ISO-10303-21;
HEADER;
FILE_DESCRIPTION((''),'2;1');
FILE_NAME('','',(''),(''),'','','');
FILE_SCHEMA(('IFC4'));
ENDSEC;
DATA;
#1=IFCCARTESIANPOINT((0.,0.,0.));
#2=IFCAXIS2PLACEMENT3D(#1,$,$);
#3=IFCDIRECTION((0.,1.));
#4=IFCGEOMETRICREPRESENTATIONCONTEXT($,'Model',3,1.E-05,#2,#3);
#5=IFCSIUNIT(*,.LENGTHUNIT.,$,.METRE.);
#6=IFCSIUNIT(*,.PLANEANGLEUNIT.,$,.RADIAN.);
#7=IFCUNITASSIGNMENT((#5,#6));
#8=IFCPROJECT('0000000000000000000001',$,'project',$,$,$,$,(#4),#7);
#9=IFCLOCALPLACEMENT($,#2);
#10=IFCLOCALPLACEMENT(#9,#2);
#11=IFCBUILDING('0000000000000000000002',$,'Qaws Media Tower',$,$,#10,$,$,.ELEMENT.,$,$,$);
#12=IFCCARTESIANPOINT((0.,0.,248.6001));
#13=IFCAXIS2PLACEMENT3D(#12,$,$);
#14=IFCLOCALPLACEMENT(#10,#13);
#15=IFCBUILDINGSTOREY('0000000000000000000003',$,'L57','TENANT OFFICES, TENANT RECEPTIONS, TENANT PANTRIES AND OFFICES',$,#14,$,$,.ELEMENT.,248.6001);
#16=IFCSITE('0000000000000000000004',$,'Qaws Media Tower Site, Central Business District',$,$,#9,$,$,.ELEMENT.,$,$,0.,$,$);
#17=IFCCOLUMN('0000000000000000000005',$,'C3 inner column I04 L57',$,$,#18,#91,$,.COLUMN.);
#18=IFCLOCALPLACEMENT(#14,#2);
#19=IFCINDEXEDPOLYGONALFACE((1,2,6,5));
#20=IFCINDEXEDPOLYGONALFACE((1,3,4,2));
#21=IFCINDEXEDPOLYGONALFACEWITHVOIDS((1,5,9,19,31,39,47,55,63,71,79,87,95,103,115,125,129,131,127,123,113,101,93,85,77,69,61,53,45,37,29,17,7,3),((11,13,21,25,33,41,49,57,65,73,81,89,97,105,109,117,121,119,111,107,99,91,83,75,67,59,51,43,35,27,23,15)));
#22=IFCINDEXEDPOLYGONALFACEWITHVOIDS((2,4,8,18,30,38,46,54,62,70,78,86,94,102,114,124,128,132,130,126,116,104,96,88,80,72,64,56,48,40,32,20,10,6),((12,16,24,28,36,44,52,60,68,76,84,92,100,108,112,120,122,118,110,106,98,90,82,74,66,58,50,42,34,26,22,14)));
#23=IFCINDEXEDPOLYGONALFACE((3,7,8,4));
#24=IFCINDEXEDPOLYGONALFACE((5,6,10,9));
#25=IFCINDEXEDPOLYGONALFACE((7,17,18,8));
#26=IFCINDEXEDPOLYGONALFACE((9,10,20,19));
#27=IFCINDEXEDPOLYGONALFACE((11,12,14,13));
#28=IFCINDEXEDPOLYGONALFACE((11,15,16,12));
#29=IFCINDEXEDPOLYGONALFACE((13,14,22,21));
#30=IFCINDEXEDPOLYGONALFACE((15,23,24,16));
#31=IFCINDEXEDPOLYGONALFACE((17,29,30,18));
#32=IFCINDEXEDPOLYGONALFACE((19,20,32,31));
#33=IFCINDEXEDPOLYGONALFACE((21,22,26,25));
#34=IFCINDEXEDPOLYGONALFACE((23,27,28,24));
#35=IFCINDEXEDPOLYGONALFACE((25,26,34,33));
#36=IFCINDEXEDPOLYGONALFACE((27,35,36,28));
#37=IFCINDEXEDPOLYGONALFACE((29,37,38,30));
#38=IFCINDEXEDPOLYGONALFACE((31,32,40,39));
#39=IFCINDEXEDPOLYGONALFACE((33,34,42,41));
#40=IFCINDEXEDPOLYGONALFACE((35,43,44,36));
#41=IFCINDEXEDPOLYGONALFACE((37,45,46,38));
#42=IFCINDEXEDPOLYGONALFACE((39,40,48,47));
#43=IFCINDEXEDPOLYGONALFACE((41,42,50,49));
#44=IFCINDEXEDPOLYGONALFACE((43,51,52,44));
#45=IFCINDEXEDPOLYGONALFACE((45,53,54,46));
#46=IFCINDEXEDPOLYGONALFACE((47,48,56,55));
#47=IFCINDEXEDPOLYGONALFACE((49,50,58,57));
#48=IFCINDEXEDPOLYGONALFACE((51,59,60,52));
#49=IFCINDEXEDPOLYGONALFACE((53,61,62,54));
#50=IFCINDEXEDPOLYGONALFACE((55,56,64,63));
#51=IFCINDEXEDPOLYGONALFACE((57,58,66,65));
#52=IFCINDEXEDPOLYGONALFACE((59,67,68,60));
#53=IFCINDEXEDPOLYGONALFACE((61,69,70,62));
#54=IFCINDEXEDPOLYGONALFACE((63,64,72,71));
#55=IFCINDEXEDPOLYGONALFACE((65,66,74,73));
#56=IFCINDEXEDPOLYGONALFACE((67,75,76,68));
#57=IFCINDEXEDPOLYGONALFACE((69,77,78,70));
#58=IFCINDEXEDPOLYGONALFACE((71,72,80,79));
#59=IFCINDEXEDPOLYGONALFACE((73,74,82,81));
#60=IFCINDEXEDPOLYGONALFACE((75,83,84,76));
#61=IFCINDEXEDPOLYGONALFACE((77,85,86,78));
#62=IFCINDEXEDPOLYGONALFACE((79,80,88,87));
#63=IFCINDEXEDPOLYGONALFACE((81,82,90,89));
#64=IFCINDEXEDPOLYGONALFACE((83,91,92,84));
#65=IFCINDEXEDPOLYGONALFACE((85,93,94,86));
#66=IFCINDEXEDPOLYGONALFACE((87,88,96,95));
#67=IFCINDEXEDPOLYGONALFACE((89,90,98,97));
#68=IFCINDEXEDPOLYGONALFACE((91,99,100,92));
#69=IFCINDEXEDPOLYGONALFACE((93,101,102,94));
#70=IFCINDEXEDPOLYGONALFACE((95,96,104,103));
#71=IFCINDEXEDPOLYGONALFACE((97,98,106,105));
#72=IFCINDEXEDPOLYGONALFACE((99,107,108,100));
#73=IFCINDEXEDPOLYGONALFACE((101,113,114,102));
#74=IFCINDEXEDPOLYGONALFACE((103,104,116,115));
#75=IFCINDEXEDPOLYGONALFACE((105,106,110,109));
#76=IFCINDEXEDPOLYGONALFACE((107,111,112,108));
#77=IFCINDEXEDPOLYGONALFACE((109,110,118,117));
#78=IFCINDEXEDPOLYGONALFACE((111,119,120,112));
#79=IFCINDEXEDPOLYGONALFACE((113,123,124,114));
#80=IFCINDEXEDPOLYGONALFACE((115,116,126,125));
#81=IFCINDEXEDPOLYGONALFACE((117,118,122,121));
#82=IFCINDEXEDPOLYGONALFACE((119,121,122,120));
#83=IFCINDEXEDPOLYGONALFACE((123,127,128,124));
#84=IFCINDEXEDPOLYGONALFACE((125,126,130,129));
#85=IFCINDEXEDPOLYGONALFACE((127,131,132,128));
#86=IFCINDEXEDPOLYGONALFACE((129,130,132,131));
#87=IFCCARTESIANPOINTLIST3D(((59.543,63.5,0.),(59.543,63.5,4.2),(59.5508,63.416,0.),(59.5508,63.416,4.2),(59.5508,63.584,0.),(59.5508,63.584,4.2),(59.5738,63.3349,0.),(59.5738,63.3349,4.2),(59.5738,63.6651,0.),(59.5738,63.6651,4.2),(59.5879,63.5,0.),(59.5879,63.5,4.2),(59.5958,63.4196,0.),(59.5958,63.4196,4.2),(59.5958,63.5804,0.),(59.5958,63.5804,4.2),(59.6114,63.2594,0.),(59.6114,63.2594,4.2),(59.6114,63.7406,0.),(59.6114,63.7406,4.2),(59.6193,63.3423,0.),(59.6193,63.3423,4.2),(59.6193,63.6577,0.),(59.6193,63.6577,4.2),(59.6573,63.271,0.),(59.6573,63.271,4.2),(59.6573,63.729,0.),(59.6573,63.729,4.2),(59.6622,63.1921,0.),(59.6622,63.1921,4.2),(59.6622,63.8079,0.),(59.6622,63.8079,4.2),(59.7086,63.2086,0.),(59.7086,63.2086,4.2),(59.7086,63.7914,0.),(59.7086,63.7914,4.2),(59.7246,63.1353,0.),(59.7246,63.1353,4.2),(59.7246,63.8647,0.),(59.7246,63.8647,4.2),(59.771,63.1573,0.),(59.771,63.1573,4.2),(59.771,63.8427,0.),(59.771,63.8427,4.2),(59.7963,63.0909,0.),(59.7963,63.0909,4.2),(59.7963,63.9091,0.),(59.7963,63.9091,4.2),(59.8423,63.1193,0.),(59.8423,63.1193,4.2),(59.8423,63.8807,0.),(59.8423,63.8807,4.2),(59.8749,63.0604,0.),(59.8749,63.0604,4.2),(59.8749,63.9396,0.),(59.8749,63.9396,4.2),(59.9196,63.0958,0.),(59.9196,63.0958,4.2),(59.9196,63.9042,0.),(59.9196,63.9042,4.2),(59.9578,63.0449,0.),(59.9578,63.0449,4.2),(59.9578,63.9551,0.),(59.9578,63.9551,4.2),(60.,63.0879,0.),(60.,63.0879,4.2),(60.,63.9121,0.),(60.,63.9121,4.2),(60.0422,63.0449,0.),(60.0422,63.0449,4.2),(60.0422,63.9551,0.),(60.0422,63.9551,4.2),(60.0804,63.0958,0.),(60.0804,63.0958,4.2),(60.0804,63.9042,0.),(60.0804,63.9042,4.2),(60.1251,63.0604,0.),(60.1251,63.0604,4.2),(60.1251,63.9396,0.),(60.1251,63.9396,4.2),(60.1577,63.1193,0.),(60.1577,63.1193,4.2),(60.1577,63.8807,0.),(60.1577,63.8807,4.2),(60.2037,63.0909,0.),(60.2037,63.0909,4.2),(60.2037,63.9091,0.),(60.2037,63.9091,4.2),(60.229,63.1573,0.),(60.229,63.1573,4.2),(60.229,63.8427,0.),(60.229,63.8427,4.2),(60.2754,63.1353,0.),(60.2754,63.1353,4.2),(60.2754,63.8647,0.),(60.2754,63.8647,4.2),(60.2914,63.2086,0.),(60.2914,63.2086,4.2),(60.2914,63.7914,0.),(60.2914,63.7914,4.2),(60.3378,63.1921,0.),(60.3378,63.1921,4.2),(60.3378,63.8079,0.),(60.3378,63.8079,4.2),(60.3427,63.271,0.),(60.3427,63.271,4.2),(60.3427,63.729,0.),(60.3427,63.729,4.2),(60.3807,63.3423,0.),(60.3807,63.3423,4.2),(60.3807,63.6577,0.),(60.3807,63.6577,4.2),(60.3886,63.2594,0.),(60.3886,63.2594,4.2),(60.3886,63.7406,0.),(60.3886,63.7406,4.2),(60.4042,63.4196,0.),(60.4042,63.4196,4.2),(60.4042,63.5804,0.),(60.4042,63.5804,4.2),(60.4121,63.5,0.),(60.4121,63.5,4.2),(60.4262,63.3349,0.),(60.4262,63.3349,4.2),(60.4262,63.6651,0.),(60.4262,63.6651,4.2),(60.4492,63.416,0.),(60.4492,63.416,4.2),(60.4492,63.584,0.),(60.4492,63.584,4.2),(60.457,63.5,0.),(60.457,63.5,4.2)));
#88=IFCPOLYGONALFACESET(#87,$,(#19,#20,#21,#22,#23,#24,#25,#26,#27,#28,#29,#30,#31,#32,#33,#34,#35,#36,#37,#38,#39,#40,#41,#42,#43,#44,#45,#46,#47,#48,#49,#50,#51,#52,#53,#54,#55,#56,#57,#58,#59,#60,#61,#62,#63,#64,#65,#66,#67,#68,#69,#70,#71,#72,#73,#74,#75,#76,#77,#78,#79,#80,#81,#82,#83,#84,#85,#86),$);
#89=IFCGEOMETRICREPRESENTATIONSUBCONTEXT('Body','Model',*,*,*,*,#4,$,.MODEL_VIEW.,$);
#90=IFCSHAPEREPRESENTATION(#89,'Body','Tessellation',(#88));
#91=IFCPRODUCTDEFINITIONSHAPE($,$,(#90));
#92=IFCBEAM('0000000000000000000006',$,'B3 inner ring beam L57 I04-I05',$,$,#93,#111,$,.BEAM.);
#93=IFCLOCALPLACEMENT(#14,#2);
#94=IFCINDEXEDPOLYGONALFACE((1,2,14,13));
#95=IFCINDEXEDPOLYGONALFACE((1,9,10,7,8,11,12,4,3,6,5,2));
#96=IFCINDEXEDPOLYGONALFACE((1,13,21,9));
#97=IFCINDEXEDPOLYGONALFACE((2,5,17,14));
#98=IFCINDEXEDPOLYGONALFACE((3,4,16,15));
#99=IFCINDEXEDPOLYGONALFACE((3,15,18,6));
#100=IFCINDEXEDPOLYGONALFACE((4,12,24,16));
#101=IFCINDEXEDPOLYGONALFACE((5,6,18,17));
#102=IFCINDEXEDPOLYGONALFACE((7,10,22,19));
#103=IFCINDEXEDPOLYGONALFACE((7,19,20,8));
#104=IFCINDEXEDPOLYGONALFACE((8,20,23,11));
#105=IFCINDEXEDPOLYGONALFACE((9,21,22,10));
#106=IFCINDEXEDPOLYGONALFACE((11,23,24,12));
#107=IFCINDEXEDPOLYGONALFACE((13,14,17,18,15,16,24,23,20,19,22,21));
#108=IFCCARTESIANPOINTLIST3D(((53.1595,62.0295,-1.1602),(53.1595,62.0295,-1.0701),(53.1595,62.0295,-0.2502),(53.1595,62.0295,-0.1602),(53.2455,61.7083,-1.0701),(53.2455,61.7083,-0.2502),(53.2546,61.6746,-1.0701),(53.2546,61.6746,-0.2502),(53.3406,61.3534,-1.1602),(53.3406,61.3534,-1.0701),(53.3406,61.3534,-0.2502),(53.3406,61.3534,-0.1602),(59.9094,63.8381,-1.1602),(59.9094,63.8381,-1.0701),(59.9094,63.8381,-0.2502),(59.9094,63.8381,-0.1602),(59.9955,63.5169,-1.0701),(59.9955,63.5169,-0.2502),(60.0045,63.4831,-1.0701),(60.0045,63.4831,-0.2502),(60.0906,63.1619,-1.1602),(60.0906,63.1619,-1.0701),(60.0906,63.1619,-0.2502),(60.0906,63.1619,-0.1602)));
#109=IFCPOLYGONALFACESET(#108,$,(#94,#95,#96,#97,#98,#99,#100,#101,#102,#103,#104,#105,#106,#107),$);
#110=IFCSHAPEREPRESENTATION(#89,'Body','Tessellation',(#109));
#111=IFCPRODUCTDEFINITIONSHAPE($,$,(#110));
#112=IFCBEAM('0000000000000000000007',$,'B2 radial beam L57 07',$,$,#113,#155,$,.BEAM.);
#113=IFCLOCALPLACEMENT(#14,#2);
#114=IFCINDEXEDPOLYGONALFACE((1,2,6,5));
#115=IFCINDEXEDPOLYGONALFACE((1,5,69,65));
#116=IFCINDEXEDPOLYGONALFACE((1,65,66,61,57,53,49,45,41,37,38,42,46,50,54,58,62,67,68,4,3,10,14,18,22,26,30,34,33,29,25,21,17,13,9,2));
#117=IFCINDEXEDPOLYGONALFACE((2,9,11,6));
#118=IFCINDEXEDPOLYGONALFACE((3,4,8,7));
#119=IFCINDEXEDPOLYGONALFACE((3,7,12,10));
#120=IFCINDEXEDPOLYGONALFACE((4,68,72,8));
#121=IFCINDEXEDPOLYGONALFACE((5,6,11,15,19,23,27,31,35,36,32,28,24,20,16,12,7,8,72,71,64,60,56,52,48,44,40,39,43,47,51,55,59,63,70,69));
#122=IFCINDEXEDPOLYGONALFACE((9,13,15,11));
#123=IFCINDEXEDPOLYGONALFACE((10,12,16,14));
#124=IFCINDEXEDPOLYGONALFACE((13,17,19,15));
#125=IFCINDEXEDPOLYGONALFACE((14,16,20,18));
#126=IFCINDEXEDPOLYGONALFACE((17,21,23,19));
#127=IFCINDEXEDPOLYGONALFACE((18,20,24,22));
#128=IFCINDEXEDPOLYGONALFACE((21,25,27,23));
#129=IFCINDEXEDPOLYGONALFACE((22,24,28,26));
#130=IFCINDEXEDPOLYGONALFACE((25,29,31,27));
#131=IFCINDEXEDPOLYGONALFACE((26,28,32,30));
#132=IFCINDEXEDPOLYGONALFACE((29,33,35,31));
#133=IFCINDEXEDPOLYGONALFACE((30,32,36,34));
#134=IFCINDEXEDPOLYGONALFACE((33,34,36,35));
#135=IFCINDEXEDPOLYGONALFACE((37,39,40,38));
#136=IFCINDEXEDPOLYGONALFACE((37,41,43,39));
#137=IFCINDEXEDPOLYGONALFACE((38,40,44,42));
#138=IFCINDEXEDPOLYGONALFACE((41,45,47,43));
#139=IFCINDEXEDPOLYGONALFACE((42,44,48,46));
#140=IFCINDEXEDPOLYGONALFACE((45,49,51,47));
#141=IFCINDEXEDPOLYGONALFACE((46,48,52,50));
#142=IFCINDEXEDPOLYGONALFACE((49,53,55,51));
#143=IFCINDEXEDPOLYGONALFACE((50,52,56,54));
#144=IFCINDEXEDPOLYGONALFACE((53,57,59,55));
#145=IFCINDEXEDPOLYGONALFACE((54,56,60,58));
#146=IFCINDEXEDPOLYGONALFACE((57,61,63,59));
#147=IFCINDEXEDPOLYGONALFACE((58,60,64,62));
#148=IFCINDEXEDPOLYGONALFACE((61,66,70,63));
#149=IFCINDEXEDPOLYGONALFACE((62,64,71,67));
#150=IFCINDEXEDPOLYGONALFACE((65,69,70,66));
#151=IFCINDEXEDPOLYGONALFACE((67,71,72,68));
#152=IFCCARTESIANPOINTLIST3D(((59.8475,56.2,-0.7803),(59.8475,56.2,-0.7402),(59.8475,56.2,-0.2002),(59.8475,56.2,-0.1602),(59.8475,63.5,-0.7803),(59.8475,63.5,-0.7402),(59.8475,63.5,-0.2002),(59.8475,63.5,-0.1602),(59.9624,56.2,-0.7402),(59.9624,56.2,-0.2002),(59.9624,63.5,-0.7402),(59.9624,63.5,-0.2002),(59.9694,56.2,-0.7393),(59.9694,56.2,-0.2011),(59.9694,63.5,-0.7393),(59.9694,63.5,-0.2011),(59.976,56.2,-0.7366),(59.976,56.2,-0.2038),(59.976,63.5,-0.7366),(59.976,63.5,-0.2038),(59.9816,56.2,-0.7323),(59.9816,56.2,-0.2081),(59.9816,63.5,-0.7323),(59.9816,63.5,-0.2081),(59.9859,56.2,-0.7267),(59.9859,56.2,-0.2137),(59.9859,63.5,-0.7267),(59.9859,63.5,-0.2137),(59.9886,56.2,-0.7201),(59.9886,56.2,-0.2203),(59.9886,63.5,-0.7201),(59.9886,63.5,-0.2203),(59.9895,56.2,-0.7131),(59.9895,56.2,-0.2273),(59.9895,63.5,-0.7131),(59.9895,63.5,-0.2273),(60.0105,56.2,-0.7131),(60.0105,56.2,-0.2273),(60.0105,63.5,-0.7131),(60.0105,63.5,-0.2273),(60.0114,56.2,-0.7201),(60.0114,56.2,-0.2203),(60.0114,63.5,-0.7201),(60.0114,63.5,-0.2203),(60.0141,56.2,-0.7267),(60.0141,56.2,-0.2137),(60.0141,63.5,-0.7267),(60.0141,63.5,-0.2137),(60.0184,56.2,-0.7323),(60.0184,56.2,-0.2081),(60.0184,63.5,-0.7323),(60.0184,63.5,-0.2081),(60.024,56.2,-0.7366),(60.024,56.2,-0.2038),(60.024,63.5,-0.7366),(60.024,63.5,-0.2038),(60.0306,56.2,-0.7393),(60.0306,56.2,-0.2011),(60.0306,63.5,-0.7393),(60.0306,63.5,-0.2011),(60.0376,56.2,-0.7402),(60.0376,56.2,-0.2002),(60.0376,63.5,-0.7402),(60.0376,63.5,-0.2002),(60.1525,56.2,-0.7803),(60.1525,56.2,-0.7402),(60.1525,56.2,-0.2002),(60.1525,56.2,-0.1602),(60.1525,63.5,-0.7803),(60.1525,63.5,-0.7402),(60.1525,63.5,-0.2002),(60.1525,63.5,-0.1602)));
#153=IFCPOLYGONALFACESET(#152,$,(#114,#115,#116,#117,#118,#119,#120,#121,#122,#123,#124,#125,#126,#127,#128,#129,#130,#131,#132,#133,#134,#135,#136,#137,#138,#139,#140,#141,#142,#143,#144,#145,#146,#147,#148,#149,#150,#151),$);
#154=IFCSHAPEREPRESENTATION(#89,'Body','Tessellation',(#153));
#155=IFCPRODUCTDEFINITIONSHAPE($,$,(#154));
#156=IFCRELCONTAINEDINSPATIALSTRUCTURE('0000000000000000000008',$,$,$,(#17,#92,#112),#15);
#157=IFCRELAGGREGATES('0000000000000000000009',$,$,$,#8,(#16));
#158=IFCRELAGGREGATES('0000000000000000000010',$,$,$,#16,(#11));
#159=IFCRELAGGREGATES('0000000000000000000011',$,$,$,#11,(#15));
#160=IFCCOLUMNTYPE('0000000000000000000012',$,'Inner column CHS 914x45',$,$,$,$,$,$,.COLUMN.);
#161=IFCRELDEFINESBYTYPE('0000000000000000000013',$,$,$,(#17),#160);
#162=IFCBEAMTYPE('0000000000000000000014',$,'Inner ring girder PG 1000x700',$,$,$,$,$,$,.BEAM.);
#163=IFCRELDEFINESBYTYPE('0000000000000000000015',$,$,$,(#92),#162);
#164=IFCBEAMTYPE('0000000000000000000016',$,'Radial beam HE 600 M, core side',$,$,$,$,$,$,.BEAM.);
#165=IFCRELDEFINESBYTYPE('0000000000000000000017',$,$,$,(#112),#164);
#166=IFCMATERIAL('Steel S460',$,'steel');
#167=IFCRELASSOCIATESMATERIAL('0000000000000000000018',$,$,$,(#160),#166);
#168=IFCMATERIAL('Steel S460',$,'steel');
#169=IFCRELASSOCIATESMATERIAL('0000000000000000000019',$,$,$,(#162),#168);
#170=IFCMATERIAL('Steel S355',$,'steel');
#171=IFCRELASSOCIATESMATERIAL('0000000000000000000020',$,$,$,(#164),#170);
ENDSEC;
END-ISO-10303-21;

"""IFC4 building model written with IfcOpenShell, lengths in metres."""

from ifc_helpers import new_model, si_unit, direction, frame, origin, origin_2d, place, context, subcontext, project, spatial, hollow_circle, i_section, extrude, material, material_profile, profile_set, type_object, element, save


model = new_model("IFC4")

# Units and contexts
model_context = context("Model", 3, precision=1e-05, world=origin(), true_north=direction((0.0, 1.0)))
body_context = subcontext(model_context, "Body", "Model", "MODEL_VIEW")
ifc_project = project(units=[si_unit("LENGTHUNIT", "METRE"), si_unit("PLANEANGLEUNIT", "RADIAN")], contexts=[model_context])

# Site, building, storey
site_placement = place(None, origin())
site = spatial("IfcSite", under=ifc_project, at=site_placement, Name="Qaws Media Tower Site, Central Business District", CompositionType="ELEMENT", RefElevation=0.0)
building_placement = place(site_placement, origin())
building = spatial("IfcBuilding", under=site, at=building_placement, Name="Qaws Media Tower", CompositionType="ELEMENT")
storey_placement = place(building_placement, frame((0.0, 0.0, 248.6001)))
storey = spatial("IfcBuildingStorey", under=building, at=storey_placement, Name="L57", Description="TENANT OFFICES, TENANT RECEPTIONS, TENANT PANTRIES AND OFFICES", CompositionType="ELEMENT", Elevation=248.6001)

# Column
ifc_material_1 = material(Name="Steel S460", Category="steel")
ifc_material_profile_1 = material_profile(ifc_material_1, hollow_circle(Radius=0.457, WallThickness=0.0449, at=origin_2d()), Name="CHS 914x45")
ifc_profile_set_1 = profile_set([ifc_material_profile_1], Name="Steel S460")
column_type = type_object("IfcColumnType", Name="Inner column CHS 914x45", PredefinedType="COLUMN", material=ifc_profile_set_1)
column_placement = place(storey_placement, frame((60.0, 63.5, 0.0), z_axis=(0.0, 0.0, 1.0), x_axis=(1.0, 0.0, 0.0)))
element("IfcColumn", 1, at=column_placement, inside=storey, type_object=column_type, Name="C3 inner column I04 L57", PredefinedType="COLUMN", context=body_context, shape_type="SweptSolid", body=[
    extrude(hollow_circle(Radius=0.457, WallThickness=0.0449, at=origin_2d()), origin(), (0.0, 0.0, 1.0), 4.2),
])

# Beams
ifc_material_2 = material(Name="Steel S460", Category="steel")
ifc_material_profile_2 = material_profile(ifc_material_2, i_section(OverallWidth=0.7, OverallDepth=1.0, WebThickness=0.0349, FlangeThickness=0.0901, at=origin_2d()), Name="PG 1000x700")
ifc_profile_set_2 = profile_set([ifc_material_profile_2], Name="Steel S460")
beam_type_1 = type_object("IfcBeamType", Name="Inner ring girder PG 1000x700", PredefinedType="BEAM", material=ifc_profile_set_2)
beam_1_placement = place(storey_placement, frame((60.0, 63.5, -0.6602), z_axis=(-0.965928, -0.258811, 0.0), x_axis=(0.258811, -0.965928, 0.0)))
element("IfcBeam", 2, at=beam_1_placement, inside=storey, type_object=beam_type_1, Name="B3 inner ring beam L57 I04-I05", PredefinedType="BEAM", context=body_context, shape_type="SweptSolid", body=[
    extrude(i_section(OverallWidth=0.7, OverallDepth=1.0, WebThickness=0.0349, FlangeThickness=0.0901, at=origin_2d()), origin(), (0.0, 0.0, 1.0), 6.988),
])
ifc_material_3 = material(Name="Steel S355", Category="steel")
ifc_material_profile_3 = material_profile(ifc_material_3, i_section(OverallWidth=0.3049, OverallDepth=0.6201, WebThickness=0.021, FlangeThickness=0.04, FilletRadius=0.0271, at=origin_2d()), Name="HE 600 M")
ifc_profile_set_3 = profile_set([ifc_material_profile_3], Name="Steel S355")
beam_type_2 = type_object("IfcBeamType", Name="Radial beam HE 600 M, core side", PredefinedType="BEAM", material=ifc_profile_set_3)
beam_2_placement = place(storey_placement, frame((60.0, 56.2, -0.4702), z_axis=(0.0, 1.0, 0.0), x_axis=(-1.0, 0.0, 0.0)))
element("IfcBeam", 3, at=beam_2_placement, inside=storey, type_object=beam_type_2, Name="B2 radial beam L57 07", PredefinedType="BEAM", context=body_context, shape_type="SweptSolid", body=[
    extrude(i_section(OverallWidth=0.3049, OverallDepth=0.6201, WebThickness=0.021, FlangeThickness=0.04, FilletRadius=0.0271, at=origin_2d()), origin(), (0.0, 0.0, 1.0), 7.3),
])

save(model, "model.ifc")
